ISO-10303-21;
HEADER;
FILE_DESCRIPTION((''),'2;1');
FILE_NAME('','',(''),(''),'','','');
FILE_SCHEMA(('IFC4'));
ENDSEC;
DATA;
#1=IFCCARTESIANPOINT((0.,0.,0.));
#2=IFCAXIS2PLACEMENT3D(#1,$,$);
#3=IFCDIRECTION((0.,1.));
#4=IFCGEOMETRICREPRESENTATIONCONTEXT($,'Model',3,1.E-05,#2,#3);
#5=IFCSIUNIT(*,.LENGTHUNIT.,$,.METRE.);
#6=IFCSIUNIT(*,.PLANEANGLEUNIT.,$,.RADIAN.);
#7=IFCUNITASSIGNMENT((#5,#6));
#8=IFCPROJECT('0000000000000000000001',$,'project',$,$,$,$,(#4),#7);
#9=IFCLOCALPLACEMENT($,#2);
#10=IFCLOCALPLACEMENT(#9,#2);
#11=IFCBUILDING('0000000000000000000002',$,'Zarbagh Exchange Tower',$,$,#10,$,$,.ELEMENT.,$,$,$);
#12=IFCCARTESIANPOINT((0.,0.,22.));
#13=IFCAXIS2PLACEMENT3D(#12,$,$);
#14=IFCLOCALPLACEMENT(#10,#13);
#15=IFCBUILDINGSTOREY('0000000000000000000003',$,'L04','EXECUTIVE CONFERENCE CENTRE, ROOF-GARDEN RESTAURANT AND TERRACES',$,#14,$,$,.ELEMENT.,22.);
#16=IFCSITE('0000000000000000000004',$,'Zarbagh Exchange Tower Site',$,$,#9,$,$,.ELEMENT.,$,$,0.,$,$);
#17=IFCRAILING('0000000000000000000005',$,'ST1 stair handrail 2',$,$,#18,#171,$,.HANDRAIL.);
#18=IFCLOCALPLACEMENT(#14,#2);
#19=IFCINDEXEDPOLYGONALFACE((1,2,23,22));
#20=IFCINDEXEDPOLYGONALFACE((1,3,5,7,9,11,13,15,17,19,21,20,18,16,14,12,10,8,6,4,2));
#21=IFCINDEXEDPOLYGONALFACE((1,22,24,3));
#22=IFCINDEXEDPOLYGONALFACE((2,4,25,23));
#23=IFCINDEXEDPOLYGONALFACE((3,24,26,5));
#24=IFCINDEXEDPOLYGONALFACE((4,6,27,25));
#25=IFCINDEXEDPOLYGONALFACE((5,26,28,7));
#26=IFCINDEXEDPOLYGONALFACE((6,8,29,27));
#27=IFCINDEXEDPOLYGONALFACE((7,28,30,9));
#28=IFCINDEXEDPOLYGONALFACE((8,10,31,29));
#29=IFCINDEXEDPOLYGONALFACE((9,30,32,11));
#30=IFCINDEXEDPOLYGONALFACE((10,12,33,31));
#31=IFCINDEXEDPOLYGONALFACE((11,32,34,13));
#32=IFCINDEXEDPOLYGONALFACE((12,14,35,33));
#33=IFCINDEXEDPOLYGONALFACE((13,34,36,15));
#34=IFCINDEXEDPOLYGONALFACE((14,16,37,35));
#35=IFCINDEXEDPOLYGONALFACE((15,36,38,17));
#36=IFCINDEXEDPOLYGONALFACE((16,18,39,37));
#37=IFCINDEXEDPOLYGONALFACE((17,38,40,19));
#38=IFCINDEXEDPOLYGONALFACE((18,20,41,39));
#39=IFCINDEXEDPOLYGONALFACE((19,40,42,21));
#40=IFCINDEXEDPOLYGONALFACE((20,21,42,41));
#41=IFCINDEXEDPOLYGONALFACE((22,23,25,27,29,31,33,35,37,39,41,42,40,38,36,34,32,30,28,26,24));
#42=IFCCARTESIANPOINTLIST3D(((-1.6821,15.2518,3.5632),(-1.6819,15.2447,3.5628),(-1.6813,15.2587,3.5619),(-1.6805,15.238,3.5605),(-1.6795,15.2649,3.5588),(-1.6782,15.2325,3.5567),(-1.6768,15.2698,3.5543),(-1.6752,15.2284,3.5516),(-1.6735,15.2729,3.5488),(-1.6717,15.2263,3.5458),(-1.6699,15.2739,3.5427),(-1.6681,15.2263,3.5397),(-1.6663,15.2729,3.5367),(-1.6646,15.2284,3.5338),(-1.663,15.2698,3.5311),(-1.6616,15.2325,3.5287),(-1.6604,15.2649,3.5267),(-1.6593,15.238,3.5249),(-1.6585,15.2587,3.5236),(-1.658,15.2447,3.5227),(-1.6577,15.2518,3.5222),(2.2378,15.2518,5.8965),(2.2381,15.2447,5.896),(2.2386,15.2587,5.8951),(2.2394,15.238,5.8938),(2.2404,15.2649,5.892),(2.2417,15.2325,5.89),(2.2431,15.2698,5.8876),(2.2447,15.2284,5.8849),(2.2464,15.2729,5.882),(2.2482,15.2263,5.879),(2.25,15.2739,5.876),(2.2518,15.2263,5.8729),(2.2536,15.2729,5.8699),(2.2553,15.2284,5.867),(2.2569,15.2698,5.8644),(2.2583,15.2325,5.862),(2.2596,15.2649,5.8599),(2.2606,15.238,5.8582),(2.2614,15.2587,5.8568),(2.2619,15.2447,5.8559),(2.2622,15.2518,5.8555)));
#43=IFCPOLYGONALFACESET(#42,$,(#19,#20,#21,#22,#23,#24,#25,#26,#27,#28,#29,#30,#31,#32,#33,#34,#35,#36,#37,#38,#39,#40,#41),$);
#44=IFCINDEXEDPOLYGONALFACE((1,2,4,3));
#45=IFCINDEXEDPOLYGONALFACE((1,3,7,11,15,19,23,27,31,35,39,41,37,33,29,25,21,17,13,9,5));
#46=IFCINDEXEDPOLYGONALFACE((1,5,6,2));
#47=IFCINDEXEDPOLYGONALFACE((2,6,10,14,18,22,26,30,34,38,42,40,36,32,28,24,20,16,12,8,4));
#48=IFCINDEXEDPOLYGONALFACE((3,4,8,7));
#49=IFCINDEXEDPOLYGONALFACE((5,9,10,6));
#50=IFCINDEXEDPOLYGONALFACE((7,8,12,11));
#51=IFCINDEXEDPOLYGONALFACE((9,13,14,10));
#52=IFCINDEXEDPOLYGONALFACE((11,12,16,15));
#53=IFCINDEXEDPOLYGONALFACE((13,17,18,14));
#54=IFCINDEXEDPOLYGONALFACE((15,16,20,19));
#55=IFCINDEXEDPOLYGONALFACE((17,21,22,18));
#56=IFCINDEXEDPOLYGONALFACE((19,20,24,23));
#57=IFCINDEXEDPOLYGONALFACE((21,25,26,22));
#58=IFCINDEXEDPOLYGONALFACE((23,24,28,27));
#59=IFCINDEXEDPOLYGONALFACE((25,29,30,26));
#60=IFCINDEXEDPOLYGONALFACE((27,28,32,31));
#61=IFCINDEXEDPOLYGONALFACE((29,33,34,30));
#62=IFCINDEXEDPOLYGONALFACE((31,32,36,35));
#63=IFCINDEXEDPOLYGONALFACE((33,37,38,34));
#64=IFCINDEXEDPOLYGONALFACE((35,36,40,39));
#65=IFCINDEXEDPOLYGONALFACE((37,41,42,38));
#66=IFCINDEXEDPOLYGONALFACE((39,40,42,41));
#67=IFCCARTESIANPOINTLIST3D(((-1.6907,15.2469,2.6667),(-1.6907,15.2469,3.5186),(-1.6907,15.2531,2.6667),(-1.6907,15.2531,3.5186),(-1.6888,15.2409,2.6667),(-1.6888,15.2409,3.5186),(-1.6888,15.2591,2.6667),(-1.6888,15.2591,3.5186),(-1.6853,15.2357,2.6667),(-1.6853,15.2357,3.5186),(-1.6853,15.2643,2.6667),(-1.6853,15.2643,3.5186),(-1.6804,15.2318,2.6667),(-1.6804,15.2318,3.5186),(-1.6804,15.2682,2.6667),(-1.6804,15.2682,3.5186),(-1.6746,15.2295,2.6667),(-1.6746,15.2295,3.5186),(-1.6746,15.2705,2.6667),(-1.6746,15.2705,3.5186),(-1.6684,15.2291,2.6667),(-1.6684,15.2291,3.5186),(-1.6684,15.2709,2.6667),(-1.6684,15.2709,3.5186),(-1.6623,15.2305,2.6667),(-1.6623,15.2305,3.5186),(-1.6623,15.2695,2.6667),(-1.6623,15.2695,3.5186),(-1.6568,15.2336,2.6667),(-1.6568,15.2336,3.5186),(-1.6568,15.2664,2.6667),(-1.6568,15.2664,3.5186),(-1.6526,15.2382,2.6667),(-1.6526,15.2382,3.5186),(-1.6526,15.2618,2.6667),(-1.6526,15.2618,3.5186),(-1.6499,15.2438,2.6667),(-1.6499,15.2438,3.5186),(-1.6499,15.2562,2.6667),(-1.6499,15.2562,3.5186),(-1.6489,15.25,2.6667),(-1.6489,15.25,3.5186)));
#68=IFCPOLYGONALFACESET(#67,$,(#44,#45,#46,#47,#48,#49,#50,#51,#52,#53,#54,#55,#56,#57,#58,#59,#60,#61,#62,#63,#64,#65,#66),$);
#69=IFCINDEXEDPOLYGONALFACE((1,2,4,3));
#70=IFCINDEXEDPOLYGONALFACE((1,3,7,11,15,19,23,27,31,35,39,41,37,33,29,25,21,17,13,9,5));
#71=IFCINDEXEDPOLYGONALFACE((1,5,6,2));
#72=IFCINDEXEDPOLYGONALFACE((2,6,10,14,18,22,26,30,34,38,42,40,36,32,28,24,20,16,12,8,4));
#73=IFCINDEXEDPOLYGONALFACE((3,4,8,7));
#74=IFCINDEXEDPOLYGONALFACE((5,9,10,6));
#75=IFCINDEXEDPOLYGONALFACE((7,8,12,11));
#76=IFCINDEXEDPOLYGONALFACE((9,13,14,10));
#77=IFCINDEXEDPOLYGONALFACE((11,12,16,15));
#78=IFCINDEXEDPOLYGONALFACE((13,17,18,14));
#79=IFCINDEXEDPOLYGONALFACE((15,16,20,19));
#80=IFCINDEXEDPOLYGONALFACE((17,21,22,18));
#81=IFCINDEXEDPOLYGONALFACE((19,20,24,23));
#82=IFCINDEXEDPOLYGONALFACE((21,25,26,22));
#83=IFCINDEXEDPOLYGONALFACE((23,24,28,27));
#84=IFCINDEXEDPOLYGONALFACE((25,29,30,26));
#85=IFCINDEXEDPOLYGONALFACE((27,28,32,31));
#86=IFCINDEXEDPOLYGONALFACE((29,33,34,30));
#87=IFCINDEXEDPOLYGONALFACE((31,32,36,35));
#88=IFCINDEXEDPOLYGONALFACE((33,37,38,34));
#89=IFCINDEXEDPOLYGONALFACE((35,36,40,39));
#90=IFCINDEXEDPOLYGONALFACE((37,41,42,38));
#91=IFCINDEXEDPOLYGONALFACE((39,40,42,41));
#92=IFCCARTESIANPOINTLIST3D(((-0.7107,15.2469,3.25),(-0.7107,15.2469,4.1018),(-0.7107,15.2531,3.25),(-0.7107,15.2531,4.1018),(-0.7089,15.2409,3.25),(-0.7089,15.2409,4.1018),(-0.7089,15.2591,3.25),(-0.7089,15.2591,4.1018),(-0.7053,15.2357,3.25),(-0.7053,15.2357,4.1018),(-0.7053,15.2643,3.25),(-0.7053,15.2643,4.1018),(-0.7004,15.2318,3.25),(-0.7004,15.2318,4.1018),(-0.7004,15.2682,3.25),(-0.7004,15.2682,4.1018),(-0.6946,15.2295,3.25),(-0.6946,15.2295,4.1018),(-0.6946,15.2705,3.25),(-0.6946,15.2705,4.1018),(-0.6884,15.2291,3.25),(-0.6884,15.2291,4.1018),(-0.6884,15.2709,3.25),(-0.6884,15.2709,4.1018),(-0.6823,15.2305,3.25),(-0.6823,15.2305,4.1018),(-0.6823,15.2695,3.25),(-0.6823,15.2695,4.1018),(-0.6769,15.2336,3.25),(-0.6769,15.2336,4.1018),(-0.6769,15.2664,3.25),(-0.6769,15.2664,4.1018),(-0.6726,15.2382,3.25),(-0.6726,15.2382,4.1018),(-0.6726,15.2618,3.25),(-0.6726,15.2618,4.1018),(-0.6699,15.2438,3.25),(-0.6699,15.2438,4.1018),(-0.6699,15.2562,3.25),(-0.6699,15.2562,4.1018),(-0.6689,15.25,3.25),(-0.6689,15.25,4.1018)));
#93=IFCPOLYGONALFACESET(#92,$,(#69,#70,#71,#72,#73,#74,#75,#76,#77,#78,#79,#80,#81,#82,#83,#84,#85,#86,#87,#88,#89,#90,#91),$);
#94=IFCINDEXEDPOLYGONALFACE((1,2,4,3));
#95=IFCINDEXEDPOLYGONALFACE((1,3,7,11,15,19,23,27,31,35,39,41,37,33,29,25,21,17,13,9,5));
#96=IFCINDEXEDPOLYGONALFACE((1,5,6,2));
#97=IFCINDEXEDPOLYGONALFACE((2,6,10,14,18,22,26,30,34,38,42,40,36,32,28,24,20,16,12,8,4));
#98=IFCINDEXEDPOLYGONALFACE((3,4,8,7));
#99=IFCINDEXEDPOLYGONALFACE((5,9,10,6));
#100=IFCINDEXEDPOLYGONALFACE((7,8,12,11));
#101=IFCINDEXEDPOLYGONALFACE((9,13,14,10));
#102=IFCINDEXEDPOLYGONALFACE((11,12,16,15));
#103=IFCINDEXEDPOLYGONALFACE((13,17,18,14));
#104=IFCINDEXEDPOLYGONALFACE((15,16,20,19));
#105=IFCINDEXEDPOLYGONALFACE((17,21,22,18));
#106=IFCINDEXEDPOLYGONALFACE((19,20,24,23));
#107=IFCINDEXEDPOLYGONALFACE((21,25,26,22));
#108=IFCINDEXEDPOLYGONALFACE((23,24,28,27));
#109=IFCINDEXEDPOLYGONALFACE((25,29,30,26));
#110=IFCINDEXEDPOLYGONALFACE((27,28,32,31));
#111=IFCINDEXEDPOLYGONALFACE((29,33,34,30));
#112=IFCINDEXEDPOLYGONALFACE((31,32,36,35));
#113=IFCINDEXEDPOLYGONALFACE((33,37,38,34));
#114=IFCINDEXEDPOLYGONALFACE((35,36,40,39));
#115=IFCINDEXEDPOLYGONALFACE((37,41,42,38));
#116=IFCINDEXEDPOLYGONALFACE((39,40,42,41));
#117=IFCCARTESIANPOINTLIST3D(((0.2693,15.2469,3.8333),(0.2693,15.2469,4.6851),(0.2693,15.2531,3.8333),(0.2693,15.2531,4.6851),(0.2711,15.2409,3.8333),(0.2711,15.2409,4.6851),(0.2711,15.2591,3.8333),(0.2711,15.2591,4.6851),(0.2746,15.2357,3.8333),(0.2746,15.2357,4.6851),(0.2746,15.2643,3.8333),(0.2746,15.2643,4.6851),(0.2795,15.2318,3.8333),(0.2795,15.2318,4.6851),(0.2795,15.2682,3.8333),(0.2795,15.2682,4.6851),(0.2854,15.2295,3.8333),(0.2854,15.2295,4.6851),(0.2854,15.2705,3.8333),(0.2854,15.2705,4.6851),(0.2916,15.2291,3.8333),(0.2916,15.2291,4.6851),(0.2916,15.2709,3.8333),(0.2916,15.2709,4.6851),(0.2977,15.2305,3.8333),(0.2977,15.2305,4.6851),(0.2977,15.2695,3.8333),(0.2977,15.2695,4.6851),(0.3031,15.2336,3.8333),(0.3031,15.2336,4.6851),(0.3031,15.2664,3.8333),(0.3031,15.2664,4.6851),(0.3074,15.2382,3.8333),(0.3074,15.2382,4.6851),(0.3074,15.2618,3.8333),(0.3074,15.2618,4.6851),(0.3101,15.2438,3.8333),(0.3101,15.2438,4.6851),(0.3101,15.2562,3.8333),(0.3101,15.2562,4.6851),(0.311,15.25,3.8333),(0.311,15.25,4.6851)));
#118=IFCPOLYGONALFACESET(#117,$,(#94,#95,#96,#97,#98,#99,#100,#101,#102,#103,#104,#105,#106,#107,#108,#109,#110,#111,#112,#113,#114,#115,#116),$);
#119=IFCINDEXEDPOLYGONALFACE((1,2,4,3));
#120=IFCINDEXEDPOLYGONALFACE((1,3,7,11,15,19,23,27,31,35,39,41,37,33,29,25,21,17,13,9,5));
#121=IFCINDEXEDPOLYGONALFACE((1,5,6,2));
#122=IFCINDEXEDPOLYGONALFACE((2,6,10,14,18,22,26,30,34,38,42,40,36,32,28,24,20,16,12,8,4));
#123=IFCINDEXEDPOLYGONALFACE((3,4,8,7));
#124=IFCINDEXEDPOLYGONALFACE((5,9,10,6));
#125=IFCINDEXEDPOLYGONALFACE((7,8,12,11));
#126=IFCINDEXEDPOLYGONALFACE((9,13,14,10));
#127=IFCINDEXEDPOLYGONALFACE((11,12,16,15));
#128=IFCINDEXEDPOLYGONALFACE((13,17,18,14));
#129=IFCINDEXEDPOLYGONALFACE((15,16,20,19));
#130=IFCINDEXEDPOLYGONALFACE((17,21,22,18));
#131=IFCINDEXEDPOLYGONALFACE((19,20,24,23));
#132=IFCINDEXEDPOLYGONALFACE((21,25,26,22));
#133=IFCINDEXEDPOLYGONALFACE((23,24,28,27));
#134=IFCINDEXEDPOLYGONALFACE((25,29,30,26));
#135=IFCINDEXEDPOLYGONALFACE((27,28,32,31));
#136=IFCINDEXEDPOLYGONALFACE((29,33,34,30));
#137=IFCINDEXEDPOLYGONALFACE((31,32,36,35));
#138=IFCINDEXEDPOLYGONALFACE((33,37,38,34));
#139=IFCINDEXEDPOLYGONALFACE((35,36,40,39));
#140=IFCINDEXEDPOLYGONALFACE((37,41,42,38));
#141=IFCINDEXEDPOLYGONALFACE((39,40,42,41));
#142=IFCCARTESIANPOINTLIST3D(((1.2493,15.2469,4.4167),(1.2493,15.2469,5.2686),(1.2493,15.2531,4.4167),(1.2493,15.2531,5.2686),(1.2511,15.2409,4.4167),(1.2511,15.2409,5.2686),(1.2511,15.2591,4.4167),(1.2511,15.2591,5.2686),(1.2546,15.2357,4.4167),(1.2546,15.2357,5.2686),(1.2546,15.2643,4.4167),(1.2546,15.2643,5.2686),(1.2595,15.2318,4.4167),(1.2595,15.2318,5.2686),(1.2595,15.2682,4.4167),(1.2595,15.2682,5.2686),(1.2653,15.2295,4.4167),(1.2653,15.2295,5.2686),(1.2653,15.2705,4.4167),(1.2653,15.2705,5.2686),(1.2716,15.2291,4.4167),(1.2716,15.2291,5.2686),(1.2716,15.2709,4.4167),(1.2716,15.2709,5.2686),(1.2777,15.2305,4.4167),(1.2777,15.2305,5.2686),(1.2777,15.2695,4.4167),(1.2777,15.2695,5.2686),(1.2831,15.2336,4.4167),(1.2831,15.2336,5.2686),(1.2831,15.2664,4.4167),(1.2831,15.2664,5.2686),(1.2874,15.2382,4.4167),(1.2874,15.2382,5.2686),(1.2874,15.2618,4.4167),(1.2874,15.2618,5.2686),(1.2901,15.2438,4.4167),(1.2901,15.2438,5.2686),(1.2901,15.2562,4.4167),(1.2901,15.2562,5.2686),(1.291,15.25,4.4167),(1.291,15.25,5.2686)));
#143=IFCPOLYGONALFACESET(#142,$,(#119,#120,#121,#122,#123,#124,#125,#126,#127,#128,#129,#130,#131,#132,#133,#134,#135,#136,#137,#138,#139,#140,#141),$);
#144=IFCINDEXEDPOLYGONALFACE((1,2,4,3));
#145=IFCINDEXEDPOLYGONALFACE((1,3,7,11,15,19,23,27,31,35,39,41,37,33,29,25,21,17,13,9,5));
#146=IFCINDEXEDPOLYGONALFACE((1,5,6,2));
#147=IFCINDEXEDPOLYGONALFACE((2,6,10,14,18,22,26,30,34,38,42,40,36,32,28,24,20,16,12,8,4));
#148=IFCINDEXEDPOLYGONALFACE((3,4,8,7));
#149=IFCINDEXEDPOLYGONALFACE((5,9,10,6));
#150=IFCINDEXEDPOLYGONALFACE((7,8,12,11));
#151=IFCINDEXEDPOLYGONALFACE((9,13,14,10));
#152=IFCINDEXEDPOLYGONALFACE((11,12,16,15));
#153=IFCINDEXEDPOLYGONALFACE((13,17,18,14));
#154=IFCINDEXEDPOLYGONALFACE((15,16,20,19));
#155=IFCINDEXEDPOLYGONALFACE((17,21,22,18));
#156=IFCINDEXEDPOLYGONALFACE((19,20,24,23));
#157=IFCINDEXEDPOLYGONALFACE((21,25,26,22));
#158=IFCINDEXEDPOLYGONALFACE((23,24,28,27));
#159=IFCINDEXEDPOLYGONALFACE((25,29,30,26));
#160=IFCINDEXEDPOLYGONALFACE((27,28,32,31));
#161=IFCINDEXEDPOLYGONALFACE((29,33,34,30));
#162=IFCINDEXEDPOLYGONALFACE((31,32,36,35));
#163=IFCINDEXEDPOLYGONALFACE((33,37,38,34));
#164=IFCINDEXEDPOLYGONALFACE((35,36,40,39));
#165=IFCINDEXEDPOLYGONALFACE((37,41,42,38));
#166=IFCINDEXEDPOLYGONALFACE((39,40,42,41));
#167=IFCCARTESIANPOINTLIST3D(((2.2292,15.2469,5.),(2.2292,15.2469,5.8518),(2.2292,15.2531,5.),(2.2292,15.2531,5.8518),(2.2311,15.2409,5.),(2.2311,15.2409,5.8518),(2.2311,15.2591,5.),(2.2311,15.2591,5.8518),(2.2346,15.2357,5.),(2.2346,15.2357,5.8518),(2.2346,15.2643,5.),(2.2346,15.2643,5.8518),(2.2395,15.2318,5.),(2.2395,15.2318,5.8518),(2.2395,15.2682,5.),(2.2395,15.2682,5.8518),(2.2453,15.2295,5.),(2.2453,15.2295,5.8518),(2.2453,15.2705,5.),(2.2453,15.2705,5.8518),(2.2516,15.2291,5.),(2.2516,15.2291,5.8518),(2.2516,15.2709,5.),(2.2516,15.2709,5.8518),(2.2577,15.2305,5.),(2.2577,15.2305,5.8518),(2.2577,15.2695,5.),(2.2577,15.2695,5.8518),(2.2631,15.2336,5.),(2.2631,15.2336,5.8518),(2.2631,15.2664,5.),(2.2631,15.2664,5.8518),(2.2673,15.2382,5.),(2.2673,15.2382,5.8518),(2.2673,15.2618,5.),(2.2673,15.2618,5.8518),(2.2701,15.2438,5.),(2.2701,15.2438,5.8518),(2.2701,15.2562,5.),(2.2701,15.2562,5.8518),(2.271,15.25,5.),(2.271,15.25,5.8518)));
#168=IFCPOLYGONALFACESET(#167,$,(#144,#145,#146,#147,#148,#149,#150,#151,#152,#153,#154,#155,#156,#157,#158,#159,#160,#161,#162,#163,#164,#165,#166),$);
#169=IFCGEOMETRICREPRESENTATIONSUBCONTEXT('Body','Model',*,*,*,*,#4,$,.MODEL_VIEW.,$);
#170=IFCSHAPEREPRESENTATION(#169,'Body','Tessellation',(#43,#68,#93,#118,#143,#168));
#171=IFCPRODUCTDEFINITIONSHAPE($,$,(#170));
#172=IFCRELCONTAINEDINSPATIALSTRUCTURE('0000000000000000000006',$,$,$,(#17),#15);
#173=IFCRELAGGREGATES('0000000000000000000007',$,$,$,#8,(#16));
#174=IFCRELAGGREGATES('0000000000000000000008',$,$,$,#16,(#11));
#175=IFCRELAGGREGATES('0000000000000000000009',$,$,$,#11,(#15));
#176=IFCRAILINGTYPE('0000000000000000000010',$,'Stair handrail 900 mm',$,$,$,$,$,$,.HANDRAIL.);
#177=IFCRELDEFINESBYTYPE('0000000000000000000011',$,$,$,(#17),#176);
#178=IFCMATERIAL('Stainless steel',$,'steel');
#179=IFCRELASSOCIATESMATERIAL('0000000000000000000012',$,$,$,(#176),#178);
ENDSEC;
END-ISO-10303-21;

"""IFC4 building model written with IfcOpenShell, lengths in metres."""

from ifc_helpers import new_model, si_unit, direction, frame, origin, origin_2d, place, context, subcontext, project, spatial, circle, extrude, material, type_object, element, save


model = new_model("IFC4")

# Units and contexts
model_context = context("Model", 3, precision=1e-05, world=origin(), true_north=direction((0.0, 1.0)))
body_context = subcontext(model_context, "Body", "Model", "MODEL_VIEW")
ifc_project = project(units=[si_unit("LENGTHUNIT", "METRE"), si_unit("PLANEANGLEUNIT", "RADIAN")], contexts=[model_context])

# Site, building, storey
site_placement = place(None, origin())
site = spatial("IfcSite", under=ifc_project, at=site_placement, Name="Zarbagh Exchange Tower Site", CompositionType="ELEMENT", RefElevation=0.0)
building_placement = place(site_placement, origin())
building = spatial("IfcBuilding", under=site, at=building_placement, Name="Zarbagh Exchange Tower", CompositionType="ELEMENT")
storey_placement = place(building_placement, frame((0.0, 0.0, 22.0)))
storey = spatial("IfcBuildingStorey", under=building, at=storey_placement, Name="L04", Description="EXECUTIVE CONFERENCE CENTRE, ROOF-GARDEN RESTAURANT AND TERRACES", CompositionType="ELEMENT", Elevation=22.0)

# Shared definitions
ifc_material_1 = material(Name="Stainless steel", Category="steel")

# Railing
railing_type_1 = type_object("IfcRailingType", Name="Stair handrail 900 mm", PredefinedType="HANDRAIL", material=ifc_material_1)
for number, where, name in (
    (1, (-1.6699, 15.25, 2.6667), "ST1 stair handrail 2"),
):
    element("IfcRailing", number, at=place(storey_placement, frame(where)), inside=storey, type_object=railing_type_1, Name=name, PredefinedType="HANDRAIL", context=body_context, shape_type="SweptSolid", body=[
        extrude(circle(Radius=0.0239, at=origin_2d()), frame((0.0, 0.0, 0.876), z_axis=(0.859296, 0.0, 0.511478), x_axis=(0.0, 1.0, 0.0)), (0.0, 0.0, 1.0), 4.5618),
        extrude(circle(Radius=0.021, at=origin_2d()), origin(), (0.0, 0.0, 1.0), 0.8518),
        extrude(circle(Radius=0.021, at=origin_2d()), frame((0.98, 0.0, 0.5833)), (0.0, 0.0, 1.0), 0.8518),
        extrude(circle(Radius=0.021, at=origin_2d()), frame((1.96, 0.0, 1.1665)), (0.0, 0.0, 1.0), 0.8518),
        extrude(circle(Radius=0.021, at=origin_2d()), frame((2.9399, 0.0, 1.75)), (0.0, 0.0, 1.0), 0.8518),
        extrude(circle(Radius=0.021, at=origin_2d()), frame((3.9199, 0.0, 2.3333)), (0.0, 0.0, 1.0), 0.8518),
    ])

save(model, "model.ifc")
